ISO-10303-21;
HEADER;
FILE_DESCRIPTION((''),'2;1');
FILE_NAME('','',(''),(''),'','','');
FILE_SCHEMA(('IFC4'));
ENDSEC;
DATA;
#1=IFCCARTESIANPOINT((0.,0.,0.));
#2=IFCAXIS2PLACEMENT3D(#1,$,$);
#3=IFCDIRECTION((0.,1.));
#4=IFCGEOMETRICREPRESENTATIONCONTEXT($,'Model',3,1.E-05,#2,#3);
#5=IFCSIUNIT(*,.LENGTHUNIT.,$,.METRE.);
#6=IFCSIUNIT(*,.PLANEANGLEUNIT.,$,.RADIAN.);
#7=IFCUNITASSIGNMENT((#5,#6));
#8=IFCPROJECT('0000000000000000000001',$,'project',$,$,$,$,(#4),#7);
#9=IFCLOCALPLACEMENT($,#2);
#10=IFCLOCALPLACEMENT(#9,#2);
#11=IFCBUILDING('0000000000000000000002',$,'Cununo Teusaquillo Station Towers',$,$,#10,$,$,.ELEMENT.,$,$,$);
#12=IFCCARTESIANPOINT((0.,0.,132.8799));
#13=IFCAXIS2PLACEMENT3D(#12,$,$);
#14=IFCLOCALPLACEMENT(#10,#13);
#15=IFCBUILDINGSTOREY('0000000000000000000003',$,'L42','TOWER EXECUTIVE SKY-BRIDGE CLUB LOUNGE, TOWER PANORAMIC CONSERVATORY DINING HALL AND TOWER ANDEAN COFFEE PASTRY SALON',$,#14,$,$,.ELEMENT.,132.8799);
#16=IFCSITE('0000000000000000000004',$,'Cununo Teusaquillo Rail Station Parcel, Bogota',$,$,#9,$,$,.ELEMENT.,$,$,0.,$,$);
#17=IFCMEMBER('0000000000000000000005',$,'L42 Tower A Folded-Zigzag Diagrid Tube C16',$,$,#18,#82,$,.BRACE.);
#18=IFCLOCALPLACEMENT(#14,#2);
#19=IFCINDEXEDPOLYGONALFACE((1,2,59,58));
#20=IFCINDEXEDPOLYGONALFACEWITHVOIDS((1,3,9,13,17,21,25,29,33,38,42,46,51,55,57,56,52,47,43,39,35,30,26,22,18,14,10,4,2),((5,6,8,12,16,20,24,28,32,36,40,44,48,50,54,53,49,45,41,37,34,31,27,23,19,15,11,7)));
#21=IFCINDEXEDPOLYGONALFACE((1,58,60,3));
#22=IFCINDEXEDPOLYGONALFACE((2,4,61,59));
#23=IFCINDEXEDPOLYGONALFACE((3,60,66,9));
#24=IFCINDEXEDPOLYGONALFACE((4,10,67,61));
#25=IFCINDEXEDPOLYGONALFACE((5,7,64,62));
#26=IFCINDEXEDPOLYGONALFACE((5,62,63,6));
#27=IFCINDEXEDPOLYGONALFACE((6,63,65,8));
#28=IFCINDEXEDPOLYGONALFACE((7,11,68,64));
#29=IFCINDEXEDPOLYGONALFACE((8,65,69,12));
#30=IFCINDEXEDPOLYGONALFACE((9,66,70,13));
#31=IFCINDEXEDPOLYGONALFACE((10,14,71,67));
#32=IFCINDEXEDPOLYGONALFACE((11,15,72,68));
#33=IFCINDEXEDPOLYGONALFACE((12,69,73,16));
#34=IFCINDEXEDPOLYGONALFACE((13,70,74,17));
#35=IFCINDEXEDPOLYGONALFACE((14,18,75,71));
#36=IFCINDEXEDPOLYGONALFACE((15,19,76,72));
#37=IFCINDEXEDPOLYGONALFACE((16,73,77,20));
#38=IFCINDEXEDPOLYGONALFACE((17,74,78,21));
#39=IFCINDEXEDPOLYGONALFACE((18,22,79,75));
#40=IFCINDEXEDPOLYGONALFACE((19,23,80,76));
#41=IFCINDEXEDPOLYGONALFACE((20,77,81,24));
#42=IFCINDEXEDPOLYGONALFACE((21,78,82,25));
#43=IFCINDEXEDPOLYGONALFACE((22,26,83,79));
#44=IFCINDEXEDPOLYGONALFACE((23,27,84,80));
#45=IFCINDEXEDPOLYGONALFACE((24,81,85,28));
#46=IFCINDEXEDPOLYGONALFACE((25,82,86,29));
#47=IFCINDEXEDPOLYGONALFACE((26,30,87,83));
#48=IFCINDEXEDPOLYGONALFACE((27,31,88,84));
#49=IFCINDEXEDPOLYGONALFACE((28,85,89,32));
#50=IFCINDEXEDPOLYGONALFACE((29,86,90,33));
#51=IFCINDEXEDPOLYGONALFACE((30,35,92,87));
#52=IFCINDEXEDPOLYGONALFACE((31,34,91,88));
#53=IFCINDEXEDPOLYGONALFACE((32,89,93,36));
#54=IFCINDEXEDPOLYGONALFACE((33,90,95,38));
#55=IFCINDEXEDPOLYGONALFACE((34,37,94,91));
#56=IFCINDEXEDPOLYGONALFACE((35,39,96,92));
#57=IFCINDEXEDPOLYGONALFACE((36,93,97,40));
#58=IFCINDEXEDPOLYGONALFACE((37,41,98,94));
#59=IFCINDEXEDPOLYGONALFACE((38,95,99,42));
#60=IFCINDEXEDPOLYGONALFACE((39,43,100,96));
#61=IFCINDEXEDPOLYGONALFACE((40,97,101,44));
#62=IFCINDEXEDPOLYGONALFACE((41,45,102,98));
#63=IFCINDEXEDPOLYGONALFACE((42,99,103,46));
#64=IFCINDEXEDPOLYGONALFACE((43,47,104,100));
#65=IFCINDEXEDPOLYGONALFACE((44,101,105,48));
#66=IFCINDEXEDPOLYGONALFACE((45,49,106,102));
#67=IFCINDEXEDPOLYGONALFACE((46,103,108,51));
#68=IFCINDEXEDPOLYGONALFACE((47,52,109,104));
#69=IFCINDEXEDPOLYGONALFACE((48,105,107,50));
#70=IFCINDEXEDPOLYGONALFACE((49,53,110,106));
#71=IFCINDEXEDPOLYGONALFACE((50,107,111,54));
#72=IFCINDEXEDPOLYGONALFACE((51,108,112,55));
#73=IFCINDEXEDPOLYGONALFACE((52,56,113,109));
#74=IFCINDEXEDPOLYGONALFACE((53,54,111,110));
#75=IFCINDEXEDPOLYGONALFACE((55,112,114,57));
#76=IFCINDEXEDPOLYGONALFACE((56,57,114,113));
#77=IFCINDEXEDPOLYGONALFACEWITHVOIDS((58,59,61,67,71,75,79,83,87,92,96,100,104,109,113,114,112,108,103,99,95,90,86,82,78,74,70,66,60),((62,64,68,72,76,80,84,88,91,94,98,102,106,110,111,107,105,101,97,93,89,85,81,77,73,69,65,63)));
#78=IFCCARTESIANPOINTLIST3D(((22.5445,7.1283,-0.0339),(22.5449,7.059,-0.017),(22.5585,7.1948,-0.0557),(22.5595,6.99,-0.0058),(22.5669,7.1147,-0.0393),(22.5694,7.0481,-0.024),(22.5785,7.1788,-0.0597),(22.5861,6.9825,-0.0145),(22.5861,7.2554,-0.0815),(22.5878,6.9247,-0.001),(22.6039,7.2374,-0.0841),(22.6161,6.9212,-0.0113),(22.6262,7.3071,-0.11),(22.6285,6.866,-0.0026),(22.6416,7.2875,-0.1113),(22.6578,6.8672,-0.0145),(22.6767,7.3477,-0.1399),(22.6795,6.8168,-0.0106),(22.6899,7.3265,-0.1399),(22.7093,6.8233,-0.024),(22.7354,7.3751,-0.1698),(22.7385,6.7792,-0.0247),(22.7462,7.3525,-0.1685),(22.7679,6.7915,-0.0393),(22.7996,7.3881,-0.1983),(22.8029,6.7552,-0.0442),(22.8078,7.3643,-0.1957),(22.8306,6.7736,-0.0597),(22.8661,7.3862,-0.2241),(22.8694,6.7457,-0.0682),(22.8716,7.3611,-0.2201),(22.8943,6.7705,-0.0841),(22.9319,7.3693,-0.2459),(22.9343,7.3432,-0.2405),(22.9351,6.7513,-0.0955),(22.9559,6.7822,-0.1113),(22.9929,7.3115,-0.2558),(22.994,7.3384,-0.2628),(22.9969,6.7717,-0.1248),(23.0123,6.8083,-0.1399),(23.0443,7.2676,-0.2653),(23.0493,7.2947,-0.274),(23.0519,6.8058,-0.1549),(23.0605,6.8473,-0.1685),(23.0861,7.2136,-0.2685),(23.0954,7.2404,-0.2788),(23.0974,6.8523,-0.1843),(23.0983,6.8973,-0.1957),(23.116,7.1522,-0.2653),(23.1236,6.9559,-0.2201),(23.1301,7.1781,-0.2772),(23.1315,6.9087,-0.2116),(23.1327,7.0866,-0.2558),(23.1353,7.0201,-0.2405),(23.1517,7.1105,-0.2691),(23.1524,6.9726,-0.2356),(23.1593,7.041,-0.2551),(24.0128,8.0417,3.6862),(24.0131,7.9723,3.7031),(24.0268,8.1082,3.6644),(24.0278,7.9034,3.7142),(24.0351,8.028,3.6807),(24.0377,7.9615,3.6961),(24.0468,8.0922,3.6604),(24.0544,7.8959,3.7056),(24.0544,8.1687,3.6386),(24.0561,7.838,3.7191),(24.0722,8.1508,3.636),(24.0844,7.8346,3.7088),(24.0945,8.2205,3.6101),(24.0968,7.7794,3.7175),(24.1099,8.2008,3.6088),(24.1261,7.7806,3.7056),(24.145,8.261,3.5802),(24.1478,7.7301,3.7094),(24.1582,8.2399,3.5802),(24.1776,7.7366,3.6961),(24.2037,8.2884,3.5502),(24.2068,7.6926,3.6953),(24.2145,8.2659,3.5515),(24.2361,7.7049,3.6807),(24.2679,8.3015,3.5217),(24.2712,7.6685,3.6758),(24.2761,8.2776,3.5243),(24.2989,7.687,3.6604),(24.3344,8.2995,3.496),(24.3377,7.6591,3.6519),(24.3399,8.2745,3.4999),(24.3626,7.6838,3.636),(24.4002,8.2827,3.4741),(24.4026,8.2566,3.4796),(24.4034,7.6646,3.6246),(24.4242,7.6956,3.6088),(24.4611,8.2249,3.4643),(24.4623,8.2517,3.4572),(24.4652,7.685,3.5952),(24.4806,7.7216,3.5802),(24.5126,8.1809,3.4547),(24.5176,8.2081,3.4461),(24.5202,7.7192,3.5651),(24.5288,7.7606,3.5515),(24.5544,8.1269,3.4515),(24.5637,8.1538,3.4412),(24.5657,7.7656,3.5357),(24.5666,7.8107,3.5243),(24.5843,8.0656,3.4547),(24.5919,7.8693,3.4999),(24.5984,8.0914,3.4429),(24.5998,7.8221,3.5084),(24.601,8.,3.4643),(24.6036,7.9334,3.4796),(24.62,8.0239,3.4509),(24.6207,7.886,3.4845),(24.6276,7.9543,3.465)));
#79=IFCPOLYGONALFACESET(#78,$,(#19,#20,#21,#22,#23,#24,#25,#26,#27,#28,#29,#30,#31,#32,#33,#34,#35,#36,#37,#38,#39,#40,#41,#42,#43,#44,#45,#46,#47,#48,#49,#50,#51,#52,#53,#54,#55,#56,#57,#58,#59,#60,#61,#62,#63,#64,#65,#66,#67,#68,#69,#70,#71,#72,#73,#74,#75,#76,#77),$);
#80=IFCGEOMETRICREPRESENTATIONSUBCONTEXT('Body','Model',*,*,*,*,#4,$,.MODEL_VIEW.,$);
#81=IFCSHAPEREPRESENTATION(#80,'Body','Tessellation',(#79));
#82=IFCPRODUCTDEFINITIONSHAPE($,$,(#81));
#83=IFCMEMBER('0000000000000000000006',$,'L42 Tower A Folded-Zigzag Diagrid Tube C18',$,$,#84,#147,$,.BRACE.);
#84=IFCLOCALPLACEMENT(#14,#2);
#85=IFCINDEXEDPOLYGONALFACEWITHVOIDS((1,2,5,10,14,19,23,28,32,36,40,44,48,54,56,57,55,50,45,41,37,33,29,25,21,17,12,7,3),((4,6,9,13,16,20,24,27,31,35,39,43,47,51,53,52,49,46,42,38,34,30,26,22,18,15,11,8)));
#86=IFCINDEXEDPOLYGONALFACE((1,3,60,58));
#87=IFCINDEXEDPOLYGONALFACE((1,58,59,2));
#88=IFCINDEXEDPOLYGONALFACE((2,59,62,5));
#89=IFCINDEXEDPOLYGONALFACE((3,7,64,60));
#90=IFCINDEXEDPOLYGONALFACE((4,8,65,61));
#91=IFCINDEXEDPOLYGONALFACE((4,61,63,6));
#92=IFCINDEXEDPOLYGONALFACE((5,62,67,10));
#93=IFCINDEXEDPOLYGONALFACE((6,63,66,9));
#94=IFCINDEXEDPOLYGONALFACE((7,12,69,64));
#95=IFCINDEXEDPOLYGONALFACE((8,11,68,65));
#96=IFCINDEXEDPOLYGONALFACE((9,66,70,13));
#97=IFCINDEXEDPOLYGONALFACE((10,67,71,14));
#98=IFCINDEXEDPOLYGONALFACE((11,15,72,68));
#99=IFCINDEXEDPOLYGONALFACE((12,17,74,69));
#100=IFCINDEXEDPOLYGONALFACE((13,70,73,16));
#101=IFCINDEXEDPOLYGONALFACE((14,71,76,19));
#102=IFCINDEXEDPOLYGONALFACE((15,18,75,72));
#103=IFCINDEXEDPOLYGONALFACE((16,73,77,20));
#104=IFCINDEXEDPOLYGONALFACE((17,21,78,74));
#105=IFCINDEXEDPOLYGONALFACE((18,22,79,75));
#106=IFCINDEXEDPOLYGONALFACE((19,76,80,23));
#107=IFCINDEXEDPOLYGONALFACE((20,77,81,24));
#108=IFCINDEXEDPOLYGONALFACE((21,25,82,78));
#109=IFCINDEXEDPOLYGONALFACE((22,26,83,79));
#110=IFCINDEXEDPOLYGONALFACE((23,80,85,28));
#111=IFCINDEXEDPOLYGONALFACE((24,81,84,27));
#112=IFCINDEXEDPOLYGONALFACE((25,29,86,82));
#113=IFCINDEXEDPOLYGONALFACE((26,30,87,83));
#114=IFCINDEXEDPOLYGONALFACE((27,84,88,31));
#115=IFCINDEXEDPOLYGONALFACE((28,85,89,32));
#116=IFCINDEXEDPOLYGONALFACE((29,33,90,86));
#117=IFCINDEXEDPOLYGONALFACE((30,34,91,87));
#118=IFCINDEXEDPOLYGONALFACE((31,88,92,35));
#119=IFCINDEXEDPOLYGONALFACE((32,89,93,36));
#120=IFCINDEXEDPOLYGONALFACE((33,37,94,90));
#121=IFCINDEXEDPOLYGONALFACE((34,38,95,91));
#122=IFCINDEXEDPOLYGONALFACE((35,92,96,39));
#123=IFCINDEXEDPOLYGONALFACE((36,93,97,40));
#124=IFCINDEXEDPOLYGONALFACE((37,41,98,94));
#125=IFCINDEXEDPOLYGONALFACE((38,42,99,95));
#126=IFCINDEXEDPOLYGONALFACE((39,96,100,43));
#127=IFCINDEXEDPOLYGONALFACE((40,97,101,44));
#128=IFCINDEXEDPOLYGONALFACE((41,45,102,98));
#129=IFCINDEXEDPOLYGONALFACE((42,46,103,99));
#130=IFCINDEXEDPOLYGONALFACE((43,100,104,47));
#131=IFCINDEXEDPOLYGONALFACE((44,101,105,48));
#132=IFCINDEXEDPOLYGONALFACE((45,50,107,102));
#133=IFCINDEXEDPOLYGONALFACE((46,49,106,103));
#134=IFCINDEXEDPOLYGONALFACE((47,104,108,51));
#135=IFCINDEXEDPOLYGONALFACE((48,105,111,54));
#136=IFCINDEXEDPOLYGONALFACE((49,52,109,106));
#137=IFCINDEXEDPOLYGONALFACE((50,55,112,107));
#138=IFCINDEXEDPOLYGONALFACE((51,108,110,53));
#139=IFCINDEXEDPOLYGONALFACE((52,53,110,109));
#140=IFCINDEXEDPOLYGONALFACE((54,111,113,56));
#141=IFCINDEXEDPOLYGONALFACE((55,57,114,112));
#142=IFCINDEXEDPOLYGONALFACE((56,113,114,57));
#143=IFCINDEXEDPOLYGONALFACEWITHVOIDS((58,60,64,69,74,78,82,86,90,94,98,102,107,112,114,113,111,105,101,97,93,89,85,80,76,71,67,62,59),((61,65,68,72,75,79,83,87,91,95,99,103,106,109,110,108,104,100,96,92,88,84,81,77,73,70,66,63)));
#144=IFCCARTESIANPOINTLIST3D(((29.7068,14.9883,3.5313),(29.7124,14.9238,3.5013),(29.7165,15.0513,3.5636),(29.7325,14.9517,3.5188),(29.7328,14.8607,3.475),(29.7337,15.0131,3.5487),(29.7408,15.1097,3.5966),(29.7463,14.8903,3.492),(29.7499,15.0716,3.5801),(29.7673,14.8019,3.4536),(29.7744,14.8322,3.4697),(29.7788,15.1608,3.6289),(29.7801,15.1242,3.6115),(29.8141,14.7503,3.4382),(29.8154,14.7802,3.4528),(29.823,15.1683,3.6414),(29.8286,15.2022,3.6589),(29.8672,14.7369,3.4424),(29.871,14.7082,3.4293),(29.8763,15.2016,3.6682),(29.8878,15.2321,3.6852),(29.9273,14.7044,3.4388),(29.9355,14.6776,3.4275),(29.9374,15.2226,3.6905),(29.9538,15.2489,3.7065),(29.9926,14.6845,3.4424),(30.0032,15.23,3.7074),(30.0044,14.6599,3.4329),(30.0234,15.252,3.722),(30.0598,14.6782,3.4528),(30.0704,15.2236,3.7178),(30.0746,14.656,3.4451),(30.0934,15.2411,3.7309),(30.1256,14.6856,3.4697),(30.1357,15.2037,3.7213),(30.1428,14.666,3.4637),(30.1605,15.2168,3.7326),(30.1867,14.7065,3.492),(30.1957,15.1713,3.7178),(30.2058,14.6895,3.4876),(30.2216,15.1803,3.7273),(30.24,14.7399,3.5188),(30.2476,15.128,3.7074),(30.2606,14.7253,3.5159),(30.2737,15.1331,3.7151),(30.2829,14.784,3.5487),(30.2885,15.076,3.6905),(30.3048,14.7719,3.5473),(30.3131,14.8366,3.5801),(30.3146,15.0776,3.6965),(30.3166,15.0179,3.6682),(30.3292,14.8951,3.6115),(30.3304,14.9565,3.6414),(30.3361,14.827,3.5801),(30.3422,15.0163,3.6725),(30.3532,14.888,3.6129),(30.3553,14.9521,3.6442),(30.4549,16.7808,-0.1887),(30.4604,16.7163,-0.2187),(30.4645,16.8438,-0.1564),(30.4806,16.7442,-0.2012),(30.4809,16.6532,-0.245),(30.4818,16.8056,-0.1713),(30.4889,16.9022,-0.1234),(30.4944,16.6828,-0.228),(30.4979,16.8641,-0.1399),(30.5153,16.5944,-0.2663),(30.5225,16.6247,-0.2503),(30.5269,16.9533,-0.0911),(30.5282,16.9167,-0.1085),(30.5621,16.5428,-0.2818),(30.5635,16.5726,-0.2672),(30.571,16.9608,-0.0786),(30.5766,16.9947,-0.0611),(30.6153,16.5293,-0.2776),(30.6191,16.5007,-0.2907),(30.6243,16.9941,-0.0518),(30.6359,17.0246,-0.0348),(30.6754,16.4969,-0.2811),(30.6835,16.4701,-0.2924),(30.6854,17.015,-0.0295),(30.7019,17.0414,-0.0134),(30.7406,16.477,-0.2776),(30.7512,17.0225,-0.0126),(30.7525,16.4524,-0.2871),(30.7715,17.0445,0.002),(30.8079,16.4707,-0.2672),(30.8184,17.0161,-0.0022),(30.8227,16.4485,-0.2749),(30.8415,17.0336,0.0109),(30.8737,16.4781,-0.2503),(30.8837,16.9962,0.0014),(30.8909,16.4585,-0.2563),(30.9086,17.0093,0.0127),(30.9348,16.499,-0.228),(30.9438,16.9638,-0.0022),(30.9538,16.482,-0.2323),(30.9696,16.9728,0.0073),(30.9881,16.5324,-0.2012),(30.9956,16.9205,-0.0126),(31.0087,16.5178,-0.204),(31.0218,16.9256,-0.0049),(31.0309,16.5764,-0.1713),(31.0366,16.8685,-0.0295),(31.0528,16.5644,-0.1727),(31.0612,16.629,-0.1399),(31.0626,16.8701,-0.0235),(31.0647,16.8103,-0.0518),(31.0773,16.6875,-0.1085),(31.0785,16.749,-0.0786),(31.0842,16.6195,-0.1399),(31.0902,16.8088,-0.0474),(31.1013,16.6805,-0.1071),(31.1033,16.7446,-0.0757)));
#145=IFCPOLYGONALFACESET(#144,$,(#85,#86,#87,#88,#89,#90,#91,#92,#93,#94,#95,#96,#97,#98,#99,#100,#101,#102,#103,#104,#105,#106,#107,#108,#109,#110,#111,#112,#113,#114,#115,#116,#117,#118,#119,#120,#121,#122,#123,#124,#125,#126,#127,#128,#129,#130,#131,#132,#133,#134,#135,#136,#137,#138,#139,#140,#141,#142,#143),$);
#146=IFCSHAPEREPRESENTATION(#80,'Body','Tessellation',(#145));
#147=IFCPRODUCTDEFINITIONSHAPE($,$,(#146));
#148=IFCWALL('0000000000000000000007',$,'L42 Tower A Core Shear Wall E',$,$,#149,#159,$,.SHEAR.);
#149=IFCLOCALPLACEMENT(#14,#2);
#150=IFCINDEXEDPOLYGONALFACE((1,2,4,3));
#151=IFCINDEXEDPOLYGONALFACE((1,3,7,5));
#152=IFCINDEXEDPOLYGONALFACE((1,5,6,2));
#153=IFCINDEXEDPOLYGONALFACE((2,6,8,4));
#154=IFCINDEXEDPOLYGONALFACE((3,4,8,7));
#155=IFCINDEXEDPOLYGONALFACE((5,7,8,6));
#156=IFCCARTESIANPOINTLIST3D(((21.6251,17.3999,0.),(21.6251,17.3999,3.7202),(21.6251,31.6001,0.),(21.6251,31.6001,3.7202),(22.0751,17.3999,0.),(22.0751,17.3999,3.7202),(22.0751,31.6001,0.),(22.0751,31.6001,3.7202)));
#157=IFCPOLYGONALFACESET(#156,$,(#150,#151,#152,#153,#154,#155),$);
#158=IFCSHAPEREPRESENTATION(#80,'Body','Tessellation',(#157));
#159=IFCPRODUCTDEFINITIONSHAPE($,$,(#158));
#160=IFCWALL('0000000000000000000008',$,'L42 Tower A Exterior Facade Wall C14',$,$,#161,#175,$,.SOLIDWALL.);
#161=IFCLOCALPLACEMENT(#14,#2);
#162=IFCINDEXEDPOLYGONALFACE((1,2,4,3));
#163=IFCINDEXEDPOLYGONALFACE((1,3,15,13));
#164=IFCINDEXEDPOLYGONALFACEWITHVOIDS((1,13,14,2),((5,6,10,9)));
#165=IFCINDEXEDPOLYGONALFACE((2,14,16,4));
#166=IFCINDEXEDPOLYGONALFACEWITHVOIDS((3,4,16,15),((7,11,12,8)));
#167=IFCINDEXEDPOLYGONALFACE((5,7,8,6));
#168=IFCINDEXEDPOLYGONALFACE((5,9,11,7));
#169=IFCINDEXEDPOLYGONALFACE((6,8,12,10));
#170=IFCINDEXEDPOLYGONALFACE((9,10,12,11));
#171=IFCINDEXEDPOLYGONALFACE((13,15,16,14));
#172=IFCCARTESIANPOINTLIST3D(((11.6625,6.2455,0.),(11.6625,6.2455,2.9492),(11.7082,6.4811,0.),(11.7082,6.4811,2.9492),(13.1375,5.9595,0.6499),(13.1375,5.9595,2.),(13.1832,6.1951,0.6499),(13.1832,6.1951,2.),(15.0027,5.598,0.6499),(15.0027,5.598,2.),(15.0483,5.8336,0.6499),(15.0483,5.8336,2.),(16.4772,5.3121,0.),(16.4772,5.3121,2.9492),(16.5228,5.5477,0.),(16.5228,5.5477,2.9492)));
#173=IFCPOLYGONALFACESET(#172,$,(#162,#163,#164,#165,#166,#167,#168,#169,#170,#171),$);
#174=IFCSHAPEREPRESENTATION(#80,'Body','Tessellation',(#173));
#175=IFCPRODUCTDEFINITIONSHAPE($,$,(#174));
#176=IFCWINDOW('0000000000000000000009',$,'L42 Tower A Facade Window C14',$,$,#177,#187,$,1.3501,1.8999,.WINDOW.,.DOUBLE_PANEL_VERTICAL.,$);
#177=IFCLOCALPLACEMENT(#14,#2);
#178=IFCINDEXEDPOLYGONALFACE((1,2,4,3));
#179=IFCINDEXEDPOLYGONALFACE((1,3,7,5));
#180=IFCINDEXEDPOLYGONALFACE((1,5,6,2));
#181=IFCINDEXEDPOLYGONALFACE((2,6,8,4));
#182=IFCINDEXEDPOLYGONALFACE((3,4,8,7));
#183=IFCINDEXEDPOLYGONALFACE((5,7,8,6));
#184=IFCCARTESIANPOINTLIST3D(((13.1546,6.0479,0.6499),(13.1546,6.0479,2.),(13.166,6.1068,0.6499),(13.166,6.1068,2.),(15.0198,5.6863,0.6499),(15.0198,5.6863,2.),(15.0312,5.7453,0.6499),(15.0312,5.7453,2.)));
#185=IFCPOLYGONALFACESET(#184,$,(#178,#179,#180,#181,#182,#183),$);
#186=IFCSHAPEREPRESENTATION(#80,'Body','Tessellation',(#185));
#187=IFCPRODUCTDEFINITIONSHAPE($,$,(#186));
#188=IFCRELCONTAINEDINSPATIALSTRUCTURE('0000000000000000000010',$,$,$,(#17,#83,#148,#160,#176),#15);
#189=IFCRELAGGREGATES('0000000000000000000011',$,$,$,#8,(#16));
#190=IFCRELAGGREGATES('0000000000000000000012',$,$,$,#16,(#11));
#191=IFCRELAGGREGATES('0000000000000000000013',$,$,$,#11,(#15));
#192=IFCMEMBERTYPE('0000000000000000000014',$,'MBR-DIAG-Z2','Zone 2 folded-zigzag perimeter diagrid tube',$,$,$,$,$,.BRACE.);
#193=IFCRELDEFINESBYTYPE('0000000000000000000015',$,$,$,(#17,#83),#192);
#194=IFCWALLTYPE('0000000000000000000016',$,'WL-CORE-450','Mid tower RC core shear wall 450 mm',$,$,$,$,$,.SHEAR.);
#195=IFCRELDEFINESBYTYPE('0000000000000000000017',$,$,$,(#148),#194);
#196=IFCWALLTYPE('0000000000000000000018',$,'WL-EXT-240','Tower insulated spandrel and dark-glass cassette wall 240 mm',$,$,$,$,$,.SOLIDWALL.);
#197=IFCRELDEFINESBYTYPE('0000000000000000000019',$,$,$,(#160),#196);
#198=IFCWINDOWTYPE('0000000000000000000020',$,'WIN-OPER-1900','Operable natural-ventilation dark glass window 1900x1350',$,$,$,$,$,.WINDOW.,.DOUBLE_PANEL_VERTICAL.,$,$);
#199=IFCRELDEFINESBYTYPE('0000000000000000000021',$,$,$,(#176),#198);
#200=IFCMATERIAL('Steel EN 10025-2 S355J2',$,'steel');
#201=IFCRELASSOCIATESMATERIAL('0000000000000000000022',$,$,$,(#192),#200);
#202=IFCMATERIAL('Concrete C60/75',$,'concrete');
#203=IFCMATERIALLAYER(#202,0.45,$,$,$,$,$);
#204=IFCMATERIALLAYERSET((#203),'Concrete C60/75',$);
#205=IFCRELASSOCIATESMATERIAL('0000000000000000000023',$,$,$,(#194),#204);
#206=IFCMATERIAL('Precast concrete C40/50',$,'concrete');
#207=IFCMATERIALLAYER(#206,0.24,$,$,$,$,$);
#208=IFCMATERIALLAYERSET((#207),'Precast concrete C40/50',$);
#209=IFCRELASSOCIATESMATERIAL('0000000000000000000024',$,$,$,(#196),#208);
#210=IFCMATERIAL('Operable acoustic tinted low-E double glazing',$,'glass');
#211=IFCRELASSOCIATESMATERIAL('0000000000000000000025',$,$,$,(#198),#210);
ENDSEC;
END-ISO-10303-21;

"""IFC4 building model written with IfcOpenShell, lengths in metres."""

from ifc_helpers import new_model, si_unit, direction, frame, frame_2d, origin, origin_2d, place, context, subcontext, project, spatial, rectangle, hollow_circle, extrude, source, transform, mapped, material, layer, layer_set, material_profile, profile_set, type_object, element, fill, save


model = new_model("IFC4")

# Units and contexts
model_context = context("Model", 3, precision=1e-05, world=origin(), true_north=direction((0.0, 1.0)))
body_context = subcontext(model_context, "Body", "Model", "MODEL_VIEW")
ifc_project = project(units=[si_unit("LENGTHUNIT", "METRE"), si_unit("PLANEANGLEUNIT", "RADIAN")], contexts=[model_context])

# Site, building, storey
site_placement = place(None, origin())
site = spatial("IfcSite", under=ifc_project, at=site_placement, Name="Cununo Teusaquillo Rail Station Parcel, Bogota", CompositionType="ELEMENT", RefElevation=0.0)
building_placement = place(site_placement, origin())
building = spatial("IfcBuilding", under=site, at=building_placement, Name="Cununo Teusaquillo Station Towers", CompositionType="ELEMENT")
storey_placement = place(building_placement, frame((0.0, 0.0, 132.8799)))
storey = spatial("IfcBuildingStorey", under=building, at=storey_placement, Name="L42", Description="TOWER EXECUTIVE SKY-BRIDGE CLUB LOUNGE, TOWER PANORAMIC CONSERVATORY DINING HALL AND TOWER ANDEAN COFFEE PASTRY SALON", CompositionType="ELEMENT", Elevation=132.8799)

# Members
ifc_material_1 = material(Name="Steel EN 10025-2 S355J2", Category="steel")
ifc_material_profile_1 = material_profile(ifc_material_1, hollow_circle(Radius=0.3301, WallThickness=0.0249, at=origin_2d()), Name="CHS 660x25")
ifc_profile_set_1 = profile_set([ifc_material_profile_1], Name="Steel EN 10025-2 S355J2")
member_type_1 = type_object("IfcMemberType", Name="MBR-DIAG-Z2", Description="Zone 2 folded-zigzag perimeter diagrid tube", PredefinedType="BRACE", material=ifc_profile_set_1)
member_1_placement = place(storey_placement, frame((22.8511, 7.0674, -0.1399), z_axis=(0.357919, 0.222643, 0.906821), x_axis=(-0.528196, 0.849123, 0.0)))
element("IfcMember", 1, at=member_1_placement, inside=storey, type_object=member_type_1, Name="L42 Tower A Folded-Zigzag Diagrid Tube C16", PredefinedType="BRACE", context=body_context, shape_type="SweptSolid", body=[
    extrude(hollow_circle(Radius=0.3301, WallThickness=0.0249, at=origin_2d()), origin(), (0.0, 0.0, 1.0), 4.1023),
])
member_2_placement = place(storey_placement, frame((30.7795, 16.7466, -0.1399), z_axis=(-0.178254, -0.427135, 0.886443), x_axis=(0.922861, -0.385133, 0.0)))
element("IfcMember", 2, at=member_2_placement, inside=storey, type_object=member_type_1, Name="L42 Tower A Folded-Zigzag Diagrid Tube C18", PredefinedType="BRACE", context=body_context, shape_type="SweptSolid", body=[
    extrude(hollow_circle(Radius=0.3301, WallThickness=0.0249, at=origin_2d()), origin(), (0.0, 0.0, 1.0), 4.1965),
])

# Wall
ifc_material_2 = material(Name="Concrete C60/75", Category="concrete")
ifc_layer_1 = layer(ifc_material_2, 0.45)
ifc_layer_set_1 = layer_set([ifc_layer_1], Name="Concrete C60/75")
wall_type_1 = type_object("IfcWallType", Name="WL-CORE-450", Description="Mid tower RC core shear wall 450 mm", PredefinedType="SHEAR", material=ifc_layer_set_1)
wall_1_placement = place(storey_placement, frame((21.8501, 17.3999, 0.0), z_axis=(0.0, 0.0, 1.0), x_axis=(0.0, 1.0, 0.0)))
element("IfcWall", 3, at=wall_1_placement, inside=storey, type_object=wall_type_1, Name="L42 Tower A Core Shear Wall E", PredefinedType="SHEAR", context=body_context, shape_type="SweptSolid", body=[
    extrude(rectangle(XDim=14.2002, YDim=0.45, at=frame_2d((7.1001, 0.0))), origin(), (0.0, 0.0, 1.0), 3.7202),
])

# Wall, opening, window
ifc_material_3 = material(Name="Precast concrete C40/50", Category="concrete")
ifc_layer_2 = layer(ifc_material_3, 0.24)
ifc_layer_set_2 = layer_set([ifc_layer_2], Name="Precast concrete C40/50")
wall_type_2 = type_object("IfcWallType", Name="WL-EXT-240", Description="Tower insulated spandrel and dark-glass cassette wall 240 mm", PredefinedType="SOLIDWALL", material=ifc_layer_set_2)
wall_2_placement = place(storey_placement, frame((16.5, 5.4299, 0.0), z_axis=(0.0, 0.0, 1.0), x_axis=(-0.981724, 0.190311, 0.0)))
wall_2 = element("IfcWall", 4, at=wall_2_placement, inside=storey, type_object=wall_type_2, Name="L42 Tower A Exterior Facade Wall C14", PredefinedType="SOLIDWALL", context=body_context, shape_type="SweptSolid", body=[
    extrude(rectangle(XDim=4.9043, YDim=0.24, at=frame_2d((2.4521, 0.0))), origin(), (0.0, 0.0, 1.0), 2.9492),
])
shared_shape_1 = source(origin(), body_context, "Body", "SweptSolid", [
    extrude(rectangle(XDim=1.8999, YDim=1.3501, at=frame_2d((0.95, 0.675))), frame((0.0, 0.1299, 0.0), z_axis=(0.0, -1.0, 0.0), x_axis=(1.0, 0.0, 0.0)), (0.0, 0.0, 1.0), 0.26),
])
opening_1_placement = place(wall_2_placement, frame((1.502, 0.0, 0.6499)))
opening_1 = element("IfcOpeningElement", 5, at=opening_1_placement, cuts=wall_2, PredefinedType="OPENING", context=body_context, shape_type="MappedRepresentation", body=[
    mapped(shared_shape_1, transform((0.0, 0.0, 0.0), x_axis=(1.0, 0.0, 0.0), y_axis=(0.0, 1.0, 0.0), z_axis=(0.0, 0.0, 1.0), scale=1.0)),
])
ifc_material_4 = material(Name="Operable acoustic tinted low-E double glazing", Category="glass")
window_type_1 = type_object("IfcWindowType", Name="WIN-OPER-1900", Description="Operable natural-ventilation dark glass window 1900x1350", PartitioningType="DOUBLE_PANEL_VERTICAL", PredefinedType="WINDOW", material=ifc_material_4)
shared_shape_2 = source(origin(), body_context, "Body", "SweptSolid", [
    extrude(rectangle(XDim=1.8999, YDim=1.3501, at=frame_2d((0.95, 0.675))), frame((0.0, 0.03, 0.0), z_axis=(0.0, -1.0, 0.0), x_axis=(1.0, 0.0, 0.0)), (0.0, 0.0, 1.0), 0.0601),
])
window_1_placement = place(opening_1_placement, origin())
window_1 = element("IfcWindow", 6, at=window_1_placement, inside=storey, type_object=window_type_1, Name="L42 Tower A Facade Window C14", OverallHeight=1.3501, OverallWidth=1.8999, PartitioningType="DOUBLE_PANEL_VERTICAL", PredefinedType="WINDOW", context=body_context, shape_type="MappedRepresentation", body=[
    mapped(shared_shape_2, transform((0.0, 0.0, 0.0), x_axis=(1.0, 0.0, 0.0), y_axis=(0.0, 1.0, 0.0), z_axis=(0.0, 0.0, 1.0), scale=1.0)),
])
fill(opening_1, window_1)

save(model, "model.ifc")
